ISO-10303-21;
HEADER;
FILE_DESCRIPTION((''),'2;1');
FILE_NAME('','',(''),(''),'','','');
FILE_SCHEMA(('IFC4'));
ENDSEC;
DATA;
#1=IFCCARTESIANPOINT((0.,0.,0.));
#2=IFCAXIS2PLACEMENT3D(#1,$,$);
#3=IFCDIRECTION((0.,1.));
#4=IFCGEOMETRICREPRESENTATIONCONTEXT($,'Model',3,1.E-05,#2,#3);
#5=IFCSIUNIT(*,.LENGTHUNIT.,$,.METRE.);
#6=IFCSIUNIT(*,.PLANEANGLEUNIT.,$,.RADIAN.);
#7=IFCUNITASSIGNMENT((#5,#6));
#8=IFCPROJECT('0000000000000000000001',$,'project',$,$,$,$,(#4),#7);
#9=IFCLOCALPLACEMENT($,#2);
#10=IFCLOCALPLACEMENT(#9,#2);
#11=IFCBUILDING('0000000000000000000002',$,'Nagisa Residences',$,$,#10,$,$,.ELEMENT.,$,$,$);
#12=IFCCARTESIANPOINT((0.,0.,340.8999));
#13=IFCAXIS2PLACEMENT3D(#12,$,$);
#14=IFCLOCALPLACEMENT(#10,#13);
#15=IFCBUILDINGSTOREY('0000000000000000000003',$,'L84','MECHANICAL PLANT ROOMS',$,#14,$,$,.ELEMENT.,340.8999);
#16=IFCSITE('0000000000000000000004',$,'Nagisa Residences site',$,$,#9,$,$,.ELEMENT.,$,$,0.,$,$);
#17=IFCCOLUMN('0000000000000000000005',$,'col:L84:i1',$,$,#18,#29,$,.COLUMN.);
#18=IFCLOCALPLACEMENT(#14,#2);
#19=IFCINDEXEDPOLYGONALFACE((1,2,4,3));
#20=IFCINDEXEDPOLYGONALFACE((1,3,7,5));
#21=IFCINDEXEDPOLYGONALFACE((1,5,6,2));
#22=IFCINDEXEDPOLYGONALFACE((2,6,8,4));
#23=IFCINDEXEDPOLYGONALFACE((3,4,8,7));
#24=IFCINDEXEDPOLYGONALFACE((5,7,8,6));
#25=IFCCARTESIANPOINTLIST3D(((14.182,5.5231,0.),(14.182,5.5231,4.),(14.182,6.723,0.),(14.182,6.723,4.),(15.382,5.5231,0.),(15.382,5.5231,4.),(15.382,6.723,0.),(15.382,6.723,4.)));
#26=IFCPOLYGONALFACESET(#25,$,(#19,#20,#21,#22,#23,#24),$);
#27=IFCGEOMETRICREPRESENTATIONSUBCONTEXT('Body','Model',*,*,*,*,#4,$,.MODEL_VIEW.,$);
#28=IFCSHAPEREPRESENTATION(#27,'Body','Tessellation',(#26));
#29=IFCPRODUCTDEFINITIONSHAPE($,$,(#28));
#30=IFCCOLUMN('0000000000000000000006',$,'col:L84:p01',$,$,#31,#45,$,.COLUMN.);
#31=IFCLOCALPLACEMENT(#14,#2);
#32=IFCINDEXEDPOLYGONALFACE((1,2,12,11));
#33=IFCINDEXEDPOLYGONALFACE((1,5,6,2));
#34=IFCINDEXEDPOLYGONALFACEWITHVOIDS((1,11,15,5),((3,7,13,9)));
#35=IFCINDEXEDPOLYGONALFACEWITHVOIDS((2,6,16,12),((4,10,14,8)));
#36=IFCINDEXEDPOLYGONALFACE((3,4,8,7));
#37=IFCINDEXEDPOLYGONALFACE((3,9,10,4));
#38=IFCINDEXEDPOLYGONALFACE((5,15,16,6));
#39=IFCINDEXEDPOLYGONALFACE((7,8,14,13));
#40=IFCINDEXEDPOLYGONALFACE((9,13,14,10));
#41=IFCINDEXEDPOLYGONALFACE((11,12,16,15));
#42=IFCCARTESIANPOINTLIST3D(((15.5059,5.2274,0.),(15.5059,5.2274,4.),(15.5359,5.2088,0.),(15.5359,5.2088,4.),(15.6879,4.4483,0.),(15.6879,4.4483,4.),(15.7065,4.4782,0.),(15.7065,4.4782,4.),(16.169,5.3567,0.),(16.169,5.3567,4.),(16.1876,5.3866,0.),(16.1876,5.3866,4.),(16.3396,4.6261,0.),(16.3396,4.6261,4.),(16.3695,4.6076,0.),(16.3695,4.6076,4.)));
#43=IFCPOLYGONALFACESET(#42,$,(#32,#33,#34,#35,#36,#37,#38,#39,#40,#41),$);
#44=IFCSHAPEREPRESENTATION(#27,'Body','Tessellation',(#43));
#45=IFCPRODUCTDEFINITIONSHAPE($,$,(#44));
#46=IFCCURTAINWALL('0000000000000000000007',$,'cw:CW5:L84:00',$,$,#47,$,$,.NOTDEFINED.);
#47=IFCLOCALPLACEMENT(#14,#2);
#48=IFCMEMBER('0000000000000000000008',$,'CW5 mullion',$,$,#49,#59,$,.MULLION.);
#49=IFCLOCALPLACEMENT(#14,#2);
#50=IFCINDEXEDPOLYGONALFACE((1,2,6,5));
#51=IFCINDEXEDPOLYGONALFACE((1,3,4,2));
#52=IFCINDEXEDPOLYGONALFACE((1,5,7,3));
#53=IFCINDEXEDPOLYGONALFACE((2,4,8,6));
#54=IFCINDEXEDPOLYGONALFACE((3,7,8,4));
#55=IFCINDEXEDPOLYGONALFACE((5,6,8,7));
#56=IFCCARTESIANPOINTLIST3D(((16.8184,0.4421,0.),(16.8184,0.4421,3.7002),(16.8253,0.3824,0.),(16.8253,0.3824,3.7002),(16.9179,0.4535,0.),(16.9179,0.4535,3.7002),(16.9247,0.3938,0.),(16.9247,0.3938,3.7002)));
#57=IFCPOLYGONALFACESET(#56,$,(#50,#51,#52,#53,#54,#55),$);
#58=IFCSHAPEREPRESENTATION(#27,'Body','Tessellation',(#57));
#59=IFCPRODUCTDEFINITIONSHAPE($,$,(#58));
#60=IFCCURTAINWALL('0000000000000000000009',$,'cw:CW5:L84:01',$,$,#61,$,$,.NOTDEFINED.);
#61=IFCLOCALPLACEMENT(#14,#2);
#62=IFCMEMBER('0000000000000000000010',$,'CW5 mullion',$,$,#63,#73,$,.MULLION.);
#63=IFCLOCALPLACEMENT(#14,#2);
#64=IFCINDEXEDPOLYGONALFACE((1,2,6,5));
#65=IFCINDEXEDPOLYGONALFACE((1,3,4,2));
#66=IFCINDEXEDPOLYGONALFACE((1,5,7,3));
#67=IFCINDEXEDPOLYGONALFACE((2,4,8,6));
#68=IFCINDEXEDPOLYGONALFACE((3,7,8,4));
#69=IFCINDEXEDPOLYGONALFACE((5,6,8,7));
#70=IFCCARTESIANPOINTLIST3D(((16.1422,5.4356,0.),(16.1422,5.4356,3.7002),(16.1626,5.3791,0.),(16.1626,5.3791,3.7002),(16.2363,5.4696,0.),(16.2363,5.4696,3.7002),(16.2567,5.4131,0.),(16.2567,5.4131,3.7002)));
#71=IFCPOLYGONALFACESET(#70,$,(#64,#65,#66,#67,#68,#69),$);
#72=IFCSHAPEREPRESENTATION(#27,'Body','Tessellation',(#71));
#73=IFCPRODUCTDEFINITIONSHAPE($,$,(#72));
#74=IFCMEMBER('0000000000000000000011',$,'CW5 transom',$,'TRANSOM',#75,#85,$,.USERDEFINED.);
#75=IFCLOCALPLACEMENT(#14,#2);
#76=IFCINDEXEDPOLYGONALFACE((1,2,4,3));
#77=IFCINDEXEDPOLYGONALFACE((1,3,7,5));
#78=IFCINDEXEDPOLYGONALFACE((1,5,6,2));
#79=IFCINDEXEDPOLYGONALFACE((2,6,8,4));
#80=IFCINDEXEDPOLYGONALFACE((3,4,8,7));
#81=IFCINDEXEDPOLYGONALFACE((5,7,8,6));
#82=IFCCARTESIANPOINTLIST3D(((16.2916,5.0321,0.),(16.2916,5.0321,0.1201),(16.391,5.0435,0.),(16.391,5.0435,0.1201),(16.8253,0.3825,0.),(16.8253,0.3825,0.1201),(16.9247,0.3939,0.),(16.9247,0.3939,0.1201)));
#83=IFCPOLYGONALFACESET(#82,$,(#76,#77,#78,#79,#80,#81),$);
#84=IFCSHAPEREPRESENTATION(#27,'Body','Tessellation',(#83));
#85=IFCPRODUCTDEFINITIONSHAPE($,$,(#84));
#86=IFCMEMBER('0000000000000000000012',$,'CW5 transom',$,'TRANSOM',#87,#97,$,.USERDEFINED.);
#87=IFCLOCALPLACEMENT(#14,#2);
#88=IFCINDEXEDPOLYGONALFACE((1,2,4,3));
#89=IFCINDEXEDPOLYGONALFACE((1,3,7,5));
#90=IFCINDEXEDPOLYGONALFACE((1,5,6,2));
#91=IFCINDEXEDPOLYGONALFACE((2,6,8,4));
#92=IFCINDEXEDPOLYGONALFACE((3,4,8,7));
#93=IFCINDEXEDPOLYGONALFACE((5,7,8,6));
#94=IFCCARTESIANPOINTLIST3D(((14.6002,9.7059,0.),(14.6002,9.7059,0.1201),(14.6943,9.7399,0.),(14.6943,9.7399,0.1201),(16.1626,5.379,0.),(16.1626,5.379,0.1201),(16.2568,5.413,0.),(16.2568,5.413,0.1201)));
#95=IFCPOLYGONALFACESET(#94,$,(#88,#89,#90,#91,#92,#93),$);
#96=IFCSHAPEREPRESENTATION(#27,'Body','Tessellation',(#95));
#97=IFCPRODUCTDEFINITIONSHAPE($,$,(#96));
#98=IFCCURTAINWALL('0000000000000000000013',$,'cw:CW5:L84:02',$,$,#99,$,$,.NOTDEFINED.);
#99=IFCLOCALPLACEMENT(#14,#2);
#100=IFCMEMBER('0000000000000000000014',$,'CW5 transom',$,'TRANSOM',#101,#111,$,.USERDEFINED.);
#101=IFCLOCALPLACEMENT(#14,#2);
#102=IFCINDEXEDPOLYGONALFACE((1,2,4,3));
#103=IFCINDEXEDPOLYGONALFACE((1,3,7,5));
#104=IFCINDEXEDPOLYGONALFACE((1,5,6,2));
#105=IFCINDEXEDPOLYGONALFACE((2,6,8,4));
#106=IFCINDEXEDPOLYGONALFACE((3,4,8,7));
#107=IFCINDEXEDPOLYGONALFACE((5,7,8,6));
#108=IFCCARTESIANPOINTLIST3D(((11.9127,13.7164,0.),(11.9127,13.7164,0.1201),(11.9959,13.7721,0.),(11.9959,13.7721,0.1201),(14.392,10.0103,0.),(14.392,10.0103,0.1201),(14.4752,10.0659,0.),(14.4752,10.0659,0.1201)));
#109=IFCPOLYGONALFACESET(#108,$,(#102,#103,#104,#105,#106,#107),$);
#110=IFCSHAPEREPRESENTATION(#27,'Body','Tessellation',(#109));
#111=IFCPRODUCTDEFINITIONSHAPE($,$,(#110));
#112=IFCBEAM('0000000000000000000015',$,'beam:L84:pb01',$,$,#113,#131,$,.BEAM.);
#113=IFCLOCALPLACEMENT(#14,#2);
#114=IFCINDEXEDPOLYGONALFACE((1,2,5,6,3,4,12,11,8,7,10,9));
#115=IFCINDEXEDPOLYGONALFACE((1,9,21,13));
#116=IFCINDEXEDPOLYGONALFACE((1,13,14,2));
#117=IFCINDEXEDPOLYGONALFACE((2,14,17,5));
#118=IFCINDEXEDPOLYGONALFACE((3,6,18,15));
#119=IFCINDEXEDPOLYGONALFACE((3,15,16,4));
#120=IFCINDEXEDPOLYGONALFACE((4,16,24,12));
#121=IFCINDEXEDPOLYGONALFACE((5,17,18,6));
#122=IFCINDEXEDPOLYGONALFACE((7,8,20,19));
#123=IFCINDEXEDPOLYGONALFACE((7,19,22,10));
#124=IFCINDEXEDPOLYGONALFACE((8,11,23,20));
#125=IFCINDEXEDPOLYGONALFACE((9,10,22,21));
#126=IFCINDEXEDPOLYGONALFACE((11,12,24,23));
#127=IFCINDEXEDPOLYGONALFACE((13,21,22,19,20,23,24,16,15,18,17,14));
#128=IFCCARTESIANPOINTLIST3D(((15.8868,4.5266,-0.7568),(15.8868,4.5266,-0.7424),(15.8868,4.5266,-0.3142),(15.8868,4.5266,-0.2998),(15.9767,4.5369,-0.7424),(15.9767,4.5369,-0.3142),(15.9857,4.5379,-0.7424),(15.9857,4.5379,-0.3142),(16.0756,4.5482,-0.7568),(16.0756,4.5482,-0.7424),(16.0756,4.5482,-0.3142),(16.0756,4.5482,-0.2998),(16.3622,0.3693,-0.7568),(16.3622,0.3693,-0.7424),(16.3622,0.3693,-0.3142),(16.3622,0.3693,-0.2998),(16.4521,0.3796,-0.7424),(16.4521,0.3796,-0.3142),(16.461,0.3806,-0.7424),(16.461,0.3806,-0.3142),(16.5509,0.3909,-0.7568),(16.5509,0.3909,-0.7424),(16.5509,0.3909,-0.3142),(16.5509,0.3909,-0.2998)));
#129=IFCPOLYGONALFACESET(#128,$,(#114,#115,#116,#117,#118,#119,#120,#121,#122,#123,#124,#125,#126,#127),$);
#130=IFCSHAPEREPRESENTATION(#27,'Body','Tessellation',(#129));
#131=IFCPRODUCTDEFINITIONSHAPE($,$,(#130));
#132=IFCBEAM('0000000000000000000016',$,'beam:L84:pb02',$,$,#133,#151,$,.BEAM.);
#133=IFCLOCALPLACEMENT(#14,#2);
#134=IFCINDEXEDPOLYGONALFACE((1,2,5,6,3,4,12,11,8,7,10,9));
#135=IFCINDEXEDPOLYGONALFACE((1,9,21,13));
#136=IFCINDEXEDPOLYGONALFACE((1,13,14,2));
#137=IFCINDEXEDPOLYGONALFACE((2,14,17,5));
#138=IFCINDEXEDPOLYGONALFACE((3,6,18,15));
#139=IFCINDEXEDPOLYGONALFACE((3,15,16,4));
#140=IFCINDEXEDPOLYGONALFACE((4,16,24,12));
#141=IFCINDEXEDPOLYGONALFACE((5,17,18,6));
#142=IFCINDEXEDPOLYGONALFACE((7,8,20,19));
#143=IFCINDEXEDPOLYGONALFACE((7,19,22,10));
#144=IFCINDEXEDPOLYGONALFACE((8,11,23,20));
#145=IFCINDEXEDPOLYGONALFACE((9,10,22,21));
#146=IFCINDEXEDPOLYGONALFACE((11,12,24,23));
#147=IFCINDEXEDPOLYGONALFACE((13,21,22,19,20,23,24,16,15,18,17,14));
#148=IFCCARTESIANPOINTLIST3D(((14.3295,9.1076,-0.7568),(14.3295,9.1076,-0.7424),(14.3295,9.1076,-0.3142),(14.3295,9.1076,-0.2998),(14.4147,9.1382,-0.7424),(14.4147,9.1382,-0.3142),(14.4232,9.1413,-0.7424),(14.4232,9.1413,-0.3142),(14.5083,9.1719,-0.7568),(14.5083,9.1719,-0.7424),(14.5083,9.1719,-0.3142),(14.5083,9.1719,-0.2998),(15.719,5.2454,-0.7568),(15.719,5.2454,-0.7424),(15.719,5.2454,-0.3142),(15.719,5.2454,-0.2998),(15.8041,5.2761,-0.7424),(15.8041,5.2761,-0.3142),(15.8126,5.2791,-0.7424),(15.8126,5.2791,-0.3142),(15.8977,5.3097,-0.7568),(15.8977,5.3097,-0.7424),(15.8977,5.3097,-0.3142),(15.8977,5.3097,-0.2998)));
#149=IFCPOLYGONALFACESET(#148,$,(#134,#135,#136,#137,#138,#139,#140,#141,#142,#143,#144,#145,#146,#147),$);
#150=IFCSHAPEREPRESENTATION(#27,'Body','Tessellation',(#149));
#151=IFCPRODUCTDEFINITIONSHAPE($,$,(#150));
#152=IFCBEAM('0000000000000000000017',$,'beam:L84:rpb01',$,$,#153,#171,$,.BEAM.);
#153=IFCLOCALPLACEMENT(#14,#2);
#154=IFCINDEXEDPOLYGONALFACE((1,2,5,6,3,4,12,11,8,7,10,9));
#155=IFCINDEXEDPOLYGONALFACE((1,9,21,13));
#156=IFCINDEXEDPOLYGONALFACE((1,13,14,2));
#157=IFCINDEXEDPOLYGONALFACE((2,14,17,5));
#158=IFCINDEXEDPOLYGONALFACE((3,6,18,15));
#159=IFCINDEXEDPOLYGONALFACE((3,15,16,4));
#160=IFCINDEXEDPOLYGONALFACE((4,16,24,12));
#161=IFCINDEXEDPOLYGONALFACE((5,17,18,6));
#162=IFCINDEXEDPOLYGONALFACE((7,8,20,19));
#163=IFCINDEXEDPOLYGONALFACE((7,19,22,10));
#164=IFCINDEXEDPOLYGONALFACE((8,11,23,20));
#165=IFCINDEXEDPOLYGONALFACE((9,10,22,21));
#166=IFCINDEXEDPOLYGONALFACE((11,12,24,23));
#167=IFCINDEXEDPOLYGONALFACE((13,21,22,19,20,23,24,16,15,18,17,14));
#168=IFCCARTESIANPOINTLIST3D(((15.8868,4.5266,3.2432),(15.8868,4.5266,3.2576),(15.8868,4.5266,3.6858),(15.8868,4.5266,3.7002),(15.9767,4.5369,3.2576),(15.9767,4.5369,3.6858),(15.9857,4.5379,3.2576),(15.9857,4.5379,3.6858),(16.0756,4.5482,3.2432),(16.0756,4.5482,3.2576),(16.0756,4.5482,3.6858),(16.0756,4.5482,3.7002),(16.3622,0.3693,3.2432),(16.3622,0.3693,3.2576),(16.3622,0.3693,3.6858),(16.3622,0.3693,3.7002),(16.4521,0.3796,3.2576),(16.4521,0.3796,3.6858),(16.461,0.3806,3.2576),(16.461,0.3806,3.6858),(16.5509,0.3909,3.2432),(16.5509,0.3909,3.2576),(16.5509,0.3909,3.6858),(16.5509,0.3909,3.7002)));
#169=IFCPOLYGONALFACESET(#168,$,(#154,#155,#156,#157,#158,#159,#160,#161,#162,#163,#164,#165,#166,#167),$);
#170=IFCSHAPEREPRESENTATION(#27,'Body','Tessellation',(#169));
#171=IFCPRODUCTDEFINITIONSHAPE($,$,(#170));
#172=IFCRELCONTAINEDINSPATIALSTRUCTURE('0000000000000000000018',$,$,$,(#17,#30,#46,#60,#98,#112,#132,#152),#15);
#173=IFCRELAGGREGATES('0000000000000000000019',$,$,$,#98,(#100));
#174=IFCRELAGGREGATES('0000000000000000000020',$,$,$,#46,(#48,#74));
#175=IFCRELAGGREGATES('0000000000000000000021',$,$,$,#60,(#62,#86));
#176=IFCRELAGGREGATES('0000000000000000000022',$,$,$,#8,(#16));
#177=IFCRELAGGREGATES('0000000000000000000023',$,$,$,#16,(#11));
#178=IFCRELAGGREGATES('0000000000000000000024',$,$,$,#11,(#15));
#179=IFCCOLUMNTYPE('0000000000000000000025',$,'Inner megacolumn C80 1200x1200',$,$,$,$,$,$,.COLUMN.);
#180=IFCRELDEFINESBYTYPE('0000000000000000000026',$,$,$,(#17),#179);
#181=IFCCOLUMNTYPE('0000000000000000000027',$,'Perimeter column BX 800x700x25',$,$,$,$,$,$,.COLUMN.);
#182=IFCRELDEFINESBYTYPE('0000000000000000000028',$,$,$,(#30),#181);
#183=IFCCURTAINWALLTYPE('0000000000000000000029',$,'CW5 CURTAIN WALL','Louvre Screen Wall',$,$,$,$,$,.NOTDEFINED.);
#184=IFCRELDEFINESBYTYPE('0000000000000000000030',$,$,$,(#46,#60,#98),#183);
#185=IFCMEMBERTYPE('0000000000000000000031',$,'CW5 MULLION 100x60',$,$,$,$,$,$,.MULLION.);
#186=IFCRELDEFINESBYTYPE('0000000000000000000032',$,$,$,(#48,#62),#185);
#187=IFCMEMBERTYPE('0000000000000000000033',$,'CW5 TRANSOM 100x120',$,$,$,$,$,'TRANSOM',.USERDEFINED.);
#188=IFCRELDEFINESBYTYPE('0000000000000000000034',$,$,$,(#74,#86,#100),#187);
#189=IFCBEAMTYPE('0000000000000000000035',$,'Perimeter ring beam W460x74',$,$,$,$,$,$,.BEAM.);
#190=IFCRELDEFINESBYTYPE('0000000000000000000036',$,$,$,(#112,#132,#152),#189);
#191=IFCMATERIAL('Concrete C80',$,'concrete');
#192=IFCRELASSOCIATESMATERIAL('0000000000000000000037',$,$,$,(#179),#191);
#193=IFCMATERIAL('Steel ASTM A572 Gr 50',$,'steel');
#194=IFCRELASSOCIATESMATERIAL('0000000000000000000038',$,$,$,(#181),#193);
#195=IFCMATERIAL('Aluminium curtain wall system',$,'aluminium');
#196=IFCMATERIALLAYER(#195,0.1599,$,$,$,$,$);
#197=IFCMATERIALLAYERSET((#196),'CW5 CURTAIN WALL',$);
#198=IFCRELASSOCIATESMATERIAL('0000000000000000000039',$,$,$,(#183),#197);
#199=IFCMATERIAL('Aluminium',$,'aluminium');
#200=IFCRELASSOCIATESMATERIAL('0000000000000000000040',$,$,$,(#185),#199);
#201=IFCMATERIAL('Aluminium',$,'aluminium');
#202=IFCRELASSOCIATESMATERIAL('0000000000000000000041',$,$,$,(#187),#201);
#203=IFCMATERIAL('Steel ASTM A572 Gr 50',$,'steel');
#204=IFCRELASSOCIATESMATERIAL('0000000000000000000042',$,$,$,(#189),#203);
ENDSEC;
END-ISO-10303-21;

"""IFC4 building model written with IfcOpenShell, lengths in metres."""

from ifc_helpers import new_model, si_unit, direction, frame, origin, origin_2d, place, context, subcontext, project, spatial, rectangle, hollow_rectangle, i_section, extrude, material, layer, layer_set, material_profile, profile_set, type_object, element, aggregate, save


model = new_model("IFC4")

# Units and contexts
model_context = context("Model", 3, precision=1e-05, world=origin(), true_north=direction((0.0, 1.0)))
body_context = subcontext(model_context, "Body", "Model", "MODEL_VIEW")
ifc_project = project(units=[si_unit("LENGTHUNIT", "METRE"), si_unit("PLANEANGLEUNIT", "RADIAN")], contexts=[model_context])

# Site, building, storey
site_placement = place(None, origin())
site = spatial("IfcSite", under=ifc_project, at=site_placement, Name="Nagisa Residences site", CompositionType="ELEMENT", RefElevation=0.0)
building_placement = place(site_placement, origin())
building = spatial("IfcBuilding", under=site, at=building_placement, Name="Nagisa Residences", CompositionType="ELEMENT")
storey_placement = place(building_placement, frame((0.0, 0.0, 340.8999)))
storey = spatial("IfcBuildingStorey", under=building, at=storey_placement, Name="L84", Description="MECHANICAL PLANT ROOMS", CompositionType="ELEMENT", Elevation=340.8999)

# Columns
ifc_material_1 = material(Name="Concrete C80", Category="concrete")
ifc_material_profile_1 = material_profile(ifc_material_1, rectangle(XDim=1.2, YDim=1.2, at=origin_2d()), Name="C80 1200x1200")
ifc_profile_set_1 = profile_set([ifc_material_profile_1], Name="Concrete C80")
column_type_1 = type_object("IfcColumnType", Name="Inner megacolumn C80 1200x1200", PredefinedType="COLUMN", material=ifc_profile_set_1)
column_1_placement = place(storey_placement, frame((14.782, 6.123, 0.0), z_axis=(0.0, 0.0, 1.0), x_axis=(1.0, 0.0, 0.0)))
element("IfcColumn", 1, at=column_1_placement, inside=storey, type_object=column_type_1, Name="col:L84:i1", PredefinedType="COLUMN", context=body_context, shape_type="SweptSolid", body=[
    extrude(rectangle(XDim=1.2, YDim=1.2, at=origin_2d()), origin(), (0.0, 0.0, 1.0), 4.0),
])
ifc_material_2 = material(Name="Steel ASTM A572 Gr 50", Category="steel")
ifc_material_profile_2 = material_profile(ifc_material_2, hollow_rectangle(XDim=0.8, YDim=0.7, WallThickness=0.0249, at=origin_2d()), Name="BX 800x700x25")
ifc_profile_set_2 = profile_set([ifc_material_profile_2], Name="Steel ASTM A572 Gr 50")
column_type_2 = type_object("IfcColumnType", Name="Perimeter column BX 800x700x25", PredefinedType="COLUMN", material=ifc_profile_set_2)
column_2_placement = place(storey_placement, frame((15.9377, 4.9175, 0.0), z_axis=(0.0, 0.0, 1.0), x_axis=(-0.227473, 0.973784, 0.0)))
element("IfcColumn", 2, at=column_2_placement, inside=storey, type_object=column_type_2, Name="col:L84:p01", PredefinedType="COLUMN", context=body_context, shape_type="SweptSolid", body=[
    extrude(hollow_rectangle(XDim=0.8, YDim=0.7, WallThickness=0.0249, at=origin_2d()), origin(), (0.0, 0.0, 1.0), 4.0),
])

# Curtain walls, members
ifc_material_3 = material(Name="Aluminium curtain wall system", Category="aluminium")
ifc_layer_1 = layer(ifc_material_3, 0.1599)
ifc_layer_set_1 = layer_set([ifc_layer_1], Name="CW5 CURTAIN WALL")
curtain_wall_type = type_object("IfcCurtainWallType", Name="CW5 CURTAIN WALL", Description="Louvre Screen Wall", PredefinedType="NOTDEFINED", material=ifc_layer_set_1)
curtain_wall_1_placement = place(storey_placement, origin())
curtain_wall_1 = element("IfcCurtainWall", 3, at=curtain_wall_1_placement, inside=storey, type_object=curtain_wall_type, Name="cw:CW5:L84:00", PredefinedType="NOTDEFINED")
ifc_material_4 = material(Name="Aluminium", Category="aluminium")
ifc_material_profile_3 = material_profile(ifc_material_4, rectangle(XDim=0.1001, YDim=0.0601, at=origin_2d()), Name="CW5 MULLION 100x60")
ifc_profile_set_3 = profile_set([ifc_material_profile_3], Name="Aluminium")
member_type_1 = type_object("IfcMemberType", Name="CW5 MULLION 100x60", PredefinedType="MULLION", material=ifc_profile_set_3)
member_1_placement = place(storey_placement, frame((16.8716, 0.418, 0.0), z_axis=(0.0, 0.0, 1.0), x_axis=(-0.993478, -0.114025, 0.0)))
member_1 = element("IfcMember", 4, at=member_1_placement, type_object=member_type_1, Name="CW5 mullion", PredefinedType="MULLION", context=body_context, shape_type="SweptSolid", body=[
    extrude(rectangle(XDim=0.1001, YDim=0.0601, at=origin_2d()), origin(), (0.0, 0.0, 1.0), 3.7002),
])
curtain_wall_2_placement = place(storey_placement, origin())
curtain_wall_2 = element("IfcCurtainWall", 5, at=curtain_wall_2_placement, inside=storey, type_object=curtain_wall_type, Name="cw:CW5:L84:01", PredefinedType="NOTDEFINED")
member_2_placement = place(storey_placement, frame((16.1995, 5.4243, 0.0), z_axis=(0.0, 0.0, 1.0), x_axis=(-0.940554, -0.339643, 0.0)))
member_2 = element("IfcMember", 6, at=member_2_placement, type_object=member_type_1, Name="CW5 mullion", PredefinedType="MULLION", context=body_context, shape_type="SweptSolid", body=[
    extrude(rectangle(XDim=0.1001, YDim=0.0601, at=origin_2d()), origin(), (0.0, 0.0, 1.0), 3.7002),
])

# Members
ifc_material_5 = material(Name="Aluminium", Category="aluminium")
ifc_material_profile_4 = material_profile(ifc_material_5, rectangle(XDim=0.1001, YDim=0.1201, at=origin_2d()), Name="CW5 TRANSOM 100x120")
ifc_profile_set_4 = profile_set([ifc_material_profile_4], Name="Aluminium")
member_type_2 = type_object("IfcMemberType", Name="CW5 TRANSOM 100x120", ElementType="TRANSOM", PredefinedType="USERDEFINED", material=ifc_profile_set_4)
member_3_placement = place(storey_placement, frame((16.875, 0.3882, 0.0601), z_axis=(-0.114032, 0.993477, 0.0), x_axis=(-0.993477, -0.114032, 0.0)))
member_3 = element("IfcMember", 7, at=member_3_placement, type_object=member_type_2, Name="CW5 transom", ObjectType="TRANSOM", PredefinedType="USERDEFINED", context=body_context, shape_type="SweptSolid", body=[
    extrude(rectangle(XDim=0.1001, YDim=0.1201, at=origin_2d()), origin(), (0.0, 0.0, 1.0), 4.6802),
])
member_4_placement = place(storey_placement, frame((16.2097, 5.396, 0.0601), z_axis=(-0.339646, 0.940553, 0.0), x_axis=(-0.940553, -0.339646, 0.0)))
member_4 = element("IfcMember", 8, at=member_4_placement, type_object=member_type_2, Name="CW5 transom", ObjectType="TRANSOM", PredefinedType="USERDEFINED", context=body_context, shape_type="SweptSolid", body=[
    extrude(rectangle(XDim=0.1001, YDim=0.1201, at=origin_2d()), origin(), (0.0, 0.0, 1.0), 4.6003),
])

# Curtain wall, member
curtain_wall_3_placement = place(storey_placement, origin())
curtain_wall_3 = element("IfcCurtainWall", 9, at=curtain_wall_3_placement, inside=storey, type_object=curtain_wall_type, Name="cw:CW5:L84:02", PredefinedType="NOTDEFINED")
member_5_placement = place(storey_placement, frame((14.4336, 10.0381, 0.0601), z_axis=(-0.556026, 0.831165, 0.0), x_axis=(-0.831165, -0.556026, 0.0)))
member_5 = element("IfcMember", 10, at=member_5_placement, type_object=member_type_2, Name="CW5 transom", ObjectType="TRANSOM", PredefinedType="USERDEFINED", context=body_context, shape_type="SweptSolid", body=[
    extrude(rectangle(XDim=0.1001, YDim=0.1201, at=origin_2d()), origin(), (0.0, 0.0, 1.0), 4.459),
])
aggregate(curtain_wall_3, [member_5])

# Beams
ifc_material_6 = material(Name="Steel ASTM A572 Gr 50", Category="steel")
ifc_material_profile_5 = material_profile(ifc_material_6, i_section(OverallWidth=0.1899, OverallDepth=0.457, WebThickness=0.009, FlangeThickness=0.0144, at=origin_2d()), Name="W460x74")
ifc_profile_set_5 = profile_set([ifc_material_profile_5], Name="Steel ASTM A572 Gr 50")
beam_type_1 = type_object("IfcBeamType", Name="Perimeter ring beam W460x74", PredefinedType="BEAM", material=ifc_profile_set_5)
beam_1_placement = place(storey_placement, frame((16.4565, 0.3801, -0.5283), z_axis=(-0.113601, 0.993526, 0.0), x_axis=(-0.993526, -0.113601, 0.0)))
element("IfcBeam", 11, at=beam_1_placement, inside=storey, type_object=beam_type_1, Name="beam:L84:pb01", PredefinedType="BEAM", context=body_context, shape_type="SweptSolid", body=[
    extrude(i_section(OverallWidth=0.1899, OverallDepth=0.457, WebThickness=0.009, FlangeThickness=0.0144, at=origin_2d()), origin(), (0.0, 0.0, 1.0), 4.1843),
])
beam_2_placement = place(storey_placement, frame((15.8083, 5.2776, -0.5283), z_axis=(-0.338517, 0.94096, 0.0), x_axis=(-0.94096, -0.338517, 0.0)))
element("IfcBeam", 12, at=beam_2_placement, inside=storey, type_object=beam_type_1, Name="beam:L84:pb02", PredefinedType="BEAM", context=body_context, shape_type="SweptSolid", body=[
    extrude(i_section(OverallWidth=0.1899, OverallDepth=0.457, WebThickness=0.009, FlangeThickness=0.0144, at=origin_2d()), origin(), (0.0, 0.0, 1.0), 4.1045),
])
beam_3_placement = place(storey_placement, frame((16.4565, 0.3801, 3.4717), z_axis=(-0.113601, 0.993526, 0.0), x_axis=(-0.993526, -0.113601, 0.0)))
element("IfcBeam", 13, at=beam_3_placement, inside=storey, type_object=beam_type_1, Name="beam:L84:rpb01", PredefinedType="BEAM", context=body_context, shape_type="SweptSolid", body=[
    extrude(i_section(OverallWidth=0.1899, OverallDepth=0.457, WebThickness=0.009, FlangeThickness=0.0144, at=origin_2d()), origin(), (0.0, 0.0, 1.0), 4.1843),
])

aggregate(curtain_wall_1, [member_1, member_3])
aggregate(curtain_wall_2, [member_2, member_4])

save(model, "model.ifc")
